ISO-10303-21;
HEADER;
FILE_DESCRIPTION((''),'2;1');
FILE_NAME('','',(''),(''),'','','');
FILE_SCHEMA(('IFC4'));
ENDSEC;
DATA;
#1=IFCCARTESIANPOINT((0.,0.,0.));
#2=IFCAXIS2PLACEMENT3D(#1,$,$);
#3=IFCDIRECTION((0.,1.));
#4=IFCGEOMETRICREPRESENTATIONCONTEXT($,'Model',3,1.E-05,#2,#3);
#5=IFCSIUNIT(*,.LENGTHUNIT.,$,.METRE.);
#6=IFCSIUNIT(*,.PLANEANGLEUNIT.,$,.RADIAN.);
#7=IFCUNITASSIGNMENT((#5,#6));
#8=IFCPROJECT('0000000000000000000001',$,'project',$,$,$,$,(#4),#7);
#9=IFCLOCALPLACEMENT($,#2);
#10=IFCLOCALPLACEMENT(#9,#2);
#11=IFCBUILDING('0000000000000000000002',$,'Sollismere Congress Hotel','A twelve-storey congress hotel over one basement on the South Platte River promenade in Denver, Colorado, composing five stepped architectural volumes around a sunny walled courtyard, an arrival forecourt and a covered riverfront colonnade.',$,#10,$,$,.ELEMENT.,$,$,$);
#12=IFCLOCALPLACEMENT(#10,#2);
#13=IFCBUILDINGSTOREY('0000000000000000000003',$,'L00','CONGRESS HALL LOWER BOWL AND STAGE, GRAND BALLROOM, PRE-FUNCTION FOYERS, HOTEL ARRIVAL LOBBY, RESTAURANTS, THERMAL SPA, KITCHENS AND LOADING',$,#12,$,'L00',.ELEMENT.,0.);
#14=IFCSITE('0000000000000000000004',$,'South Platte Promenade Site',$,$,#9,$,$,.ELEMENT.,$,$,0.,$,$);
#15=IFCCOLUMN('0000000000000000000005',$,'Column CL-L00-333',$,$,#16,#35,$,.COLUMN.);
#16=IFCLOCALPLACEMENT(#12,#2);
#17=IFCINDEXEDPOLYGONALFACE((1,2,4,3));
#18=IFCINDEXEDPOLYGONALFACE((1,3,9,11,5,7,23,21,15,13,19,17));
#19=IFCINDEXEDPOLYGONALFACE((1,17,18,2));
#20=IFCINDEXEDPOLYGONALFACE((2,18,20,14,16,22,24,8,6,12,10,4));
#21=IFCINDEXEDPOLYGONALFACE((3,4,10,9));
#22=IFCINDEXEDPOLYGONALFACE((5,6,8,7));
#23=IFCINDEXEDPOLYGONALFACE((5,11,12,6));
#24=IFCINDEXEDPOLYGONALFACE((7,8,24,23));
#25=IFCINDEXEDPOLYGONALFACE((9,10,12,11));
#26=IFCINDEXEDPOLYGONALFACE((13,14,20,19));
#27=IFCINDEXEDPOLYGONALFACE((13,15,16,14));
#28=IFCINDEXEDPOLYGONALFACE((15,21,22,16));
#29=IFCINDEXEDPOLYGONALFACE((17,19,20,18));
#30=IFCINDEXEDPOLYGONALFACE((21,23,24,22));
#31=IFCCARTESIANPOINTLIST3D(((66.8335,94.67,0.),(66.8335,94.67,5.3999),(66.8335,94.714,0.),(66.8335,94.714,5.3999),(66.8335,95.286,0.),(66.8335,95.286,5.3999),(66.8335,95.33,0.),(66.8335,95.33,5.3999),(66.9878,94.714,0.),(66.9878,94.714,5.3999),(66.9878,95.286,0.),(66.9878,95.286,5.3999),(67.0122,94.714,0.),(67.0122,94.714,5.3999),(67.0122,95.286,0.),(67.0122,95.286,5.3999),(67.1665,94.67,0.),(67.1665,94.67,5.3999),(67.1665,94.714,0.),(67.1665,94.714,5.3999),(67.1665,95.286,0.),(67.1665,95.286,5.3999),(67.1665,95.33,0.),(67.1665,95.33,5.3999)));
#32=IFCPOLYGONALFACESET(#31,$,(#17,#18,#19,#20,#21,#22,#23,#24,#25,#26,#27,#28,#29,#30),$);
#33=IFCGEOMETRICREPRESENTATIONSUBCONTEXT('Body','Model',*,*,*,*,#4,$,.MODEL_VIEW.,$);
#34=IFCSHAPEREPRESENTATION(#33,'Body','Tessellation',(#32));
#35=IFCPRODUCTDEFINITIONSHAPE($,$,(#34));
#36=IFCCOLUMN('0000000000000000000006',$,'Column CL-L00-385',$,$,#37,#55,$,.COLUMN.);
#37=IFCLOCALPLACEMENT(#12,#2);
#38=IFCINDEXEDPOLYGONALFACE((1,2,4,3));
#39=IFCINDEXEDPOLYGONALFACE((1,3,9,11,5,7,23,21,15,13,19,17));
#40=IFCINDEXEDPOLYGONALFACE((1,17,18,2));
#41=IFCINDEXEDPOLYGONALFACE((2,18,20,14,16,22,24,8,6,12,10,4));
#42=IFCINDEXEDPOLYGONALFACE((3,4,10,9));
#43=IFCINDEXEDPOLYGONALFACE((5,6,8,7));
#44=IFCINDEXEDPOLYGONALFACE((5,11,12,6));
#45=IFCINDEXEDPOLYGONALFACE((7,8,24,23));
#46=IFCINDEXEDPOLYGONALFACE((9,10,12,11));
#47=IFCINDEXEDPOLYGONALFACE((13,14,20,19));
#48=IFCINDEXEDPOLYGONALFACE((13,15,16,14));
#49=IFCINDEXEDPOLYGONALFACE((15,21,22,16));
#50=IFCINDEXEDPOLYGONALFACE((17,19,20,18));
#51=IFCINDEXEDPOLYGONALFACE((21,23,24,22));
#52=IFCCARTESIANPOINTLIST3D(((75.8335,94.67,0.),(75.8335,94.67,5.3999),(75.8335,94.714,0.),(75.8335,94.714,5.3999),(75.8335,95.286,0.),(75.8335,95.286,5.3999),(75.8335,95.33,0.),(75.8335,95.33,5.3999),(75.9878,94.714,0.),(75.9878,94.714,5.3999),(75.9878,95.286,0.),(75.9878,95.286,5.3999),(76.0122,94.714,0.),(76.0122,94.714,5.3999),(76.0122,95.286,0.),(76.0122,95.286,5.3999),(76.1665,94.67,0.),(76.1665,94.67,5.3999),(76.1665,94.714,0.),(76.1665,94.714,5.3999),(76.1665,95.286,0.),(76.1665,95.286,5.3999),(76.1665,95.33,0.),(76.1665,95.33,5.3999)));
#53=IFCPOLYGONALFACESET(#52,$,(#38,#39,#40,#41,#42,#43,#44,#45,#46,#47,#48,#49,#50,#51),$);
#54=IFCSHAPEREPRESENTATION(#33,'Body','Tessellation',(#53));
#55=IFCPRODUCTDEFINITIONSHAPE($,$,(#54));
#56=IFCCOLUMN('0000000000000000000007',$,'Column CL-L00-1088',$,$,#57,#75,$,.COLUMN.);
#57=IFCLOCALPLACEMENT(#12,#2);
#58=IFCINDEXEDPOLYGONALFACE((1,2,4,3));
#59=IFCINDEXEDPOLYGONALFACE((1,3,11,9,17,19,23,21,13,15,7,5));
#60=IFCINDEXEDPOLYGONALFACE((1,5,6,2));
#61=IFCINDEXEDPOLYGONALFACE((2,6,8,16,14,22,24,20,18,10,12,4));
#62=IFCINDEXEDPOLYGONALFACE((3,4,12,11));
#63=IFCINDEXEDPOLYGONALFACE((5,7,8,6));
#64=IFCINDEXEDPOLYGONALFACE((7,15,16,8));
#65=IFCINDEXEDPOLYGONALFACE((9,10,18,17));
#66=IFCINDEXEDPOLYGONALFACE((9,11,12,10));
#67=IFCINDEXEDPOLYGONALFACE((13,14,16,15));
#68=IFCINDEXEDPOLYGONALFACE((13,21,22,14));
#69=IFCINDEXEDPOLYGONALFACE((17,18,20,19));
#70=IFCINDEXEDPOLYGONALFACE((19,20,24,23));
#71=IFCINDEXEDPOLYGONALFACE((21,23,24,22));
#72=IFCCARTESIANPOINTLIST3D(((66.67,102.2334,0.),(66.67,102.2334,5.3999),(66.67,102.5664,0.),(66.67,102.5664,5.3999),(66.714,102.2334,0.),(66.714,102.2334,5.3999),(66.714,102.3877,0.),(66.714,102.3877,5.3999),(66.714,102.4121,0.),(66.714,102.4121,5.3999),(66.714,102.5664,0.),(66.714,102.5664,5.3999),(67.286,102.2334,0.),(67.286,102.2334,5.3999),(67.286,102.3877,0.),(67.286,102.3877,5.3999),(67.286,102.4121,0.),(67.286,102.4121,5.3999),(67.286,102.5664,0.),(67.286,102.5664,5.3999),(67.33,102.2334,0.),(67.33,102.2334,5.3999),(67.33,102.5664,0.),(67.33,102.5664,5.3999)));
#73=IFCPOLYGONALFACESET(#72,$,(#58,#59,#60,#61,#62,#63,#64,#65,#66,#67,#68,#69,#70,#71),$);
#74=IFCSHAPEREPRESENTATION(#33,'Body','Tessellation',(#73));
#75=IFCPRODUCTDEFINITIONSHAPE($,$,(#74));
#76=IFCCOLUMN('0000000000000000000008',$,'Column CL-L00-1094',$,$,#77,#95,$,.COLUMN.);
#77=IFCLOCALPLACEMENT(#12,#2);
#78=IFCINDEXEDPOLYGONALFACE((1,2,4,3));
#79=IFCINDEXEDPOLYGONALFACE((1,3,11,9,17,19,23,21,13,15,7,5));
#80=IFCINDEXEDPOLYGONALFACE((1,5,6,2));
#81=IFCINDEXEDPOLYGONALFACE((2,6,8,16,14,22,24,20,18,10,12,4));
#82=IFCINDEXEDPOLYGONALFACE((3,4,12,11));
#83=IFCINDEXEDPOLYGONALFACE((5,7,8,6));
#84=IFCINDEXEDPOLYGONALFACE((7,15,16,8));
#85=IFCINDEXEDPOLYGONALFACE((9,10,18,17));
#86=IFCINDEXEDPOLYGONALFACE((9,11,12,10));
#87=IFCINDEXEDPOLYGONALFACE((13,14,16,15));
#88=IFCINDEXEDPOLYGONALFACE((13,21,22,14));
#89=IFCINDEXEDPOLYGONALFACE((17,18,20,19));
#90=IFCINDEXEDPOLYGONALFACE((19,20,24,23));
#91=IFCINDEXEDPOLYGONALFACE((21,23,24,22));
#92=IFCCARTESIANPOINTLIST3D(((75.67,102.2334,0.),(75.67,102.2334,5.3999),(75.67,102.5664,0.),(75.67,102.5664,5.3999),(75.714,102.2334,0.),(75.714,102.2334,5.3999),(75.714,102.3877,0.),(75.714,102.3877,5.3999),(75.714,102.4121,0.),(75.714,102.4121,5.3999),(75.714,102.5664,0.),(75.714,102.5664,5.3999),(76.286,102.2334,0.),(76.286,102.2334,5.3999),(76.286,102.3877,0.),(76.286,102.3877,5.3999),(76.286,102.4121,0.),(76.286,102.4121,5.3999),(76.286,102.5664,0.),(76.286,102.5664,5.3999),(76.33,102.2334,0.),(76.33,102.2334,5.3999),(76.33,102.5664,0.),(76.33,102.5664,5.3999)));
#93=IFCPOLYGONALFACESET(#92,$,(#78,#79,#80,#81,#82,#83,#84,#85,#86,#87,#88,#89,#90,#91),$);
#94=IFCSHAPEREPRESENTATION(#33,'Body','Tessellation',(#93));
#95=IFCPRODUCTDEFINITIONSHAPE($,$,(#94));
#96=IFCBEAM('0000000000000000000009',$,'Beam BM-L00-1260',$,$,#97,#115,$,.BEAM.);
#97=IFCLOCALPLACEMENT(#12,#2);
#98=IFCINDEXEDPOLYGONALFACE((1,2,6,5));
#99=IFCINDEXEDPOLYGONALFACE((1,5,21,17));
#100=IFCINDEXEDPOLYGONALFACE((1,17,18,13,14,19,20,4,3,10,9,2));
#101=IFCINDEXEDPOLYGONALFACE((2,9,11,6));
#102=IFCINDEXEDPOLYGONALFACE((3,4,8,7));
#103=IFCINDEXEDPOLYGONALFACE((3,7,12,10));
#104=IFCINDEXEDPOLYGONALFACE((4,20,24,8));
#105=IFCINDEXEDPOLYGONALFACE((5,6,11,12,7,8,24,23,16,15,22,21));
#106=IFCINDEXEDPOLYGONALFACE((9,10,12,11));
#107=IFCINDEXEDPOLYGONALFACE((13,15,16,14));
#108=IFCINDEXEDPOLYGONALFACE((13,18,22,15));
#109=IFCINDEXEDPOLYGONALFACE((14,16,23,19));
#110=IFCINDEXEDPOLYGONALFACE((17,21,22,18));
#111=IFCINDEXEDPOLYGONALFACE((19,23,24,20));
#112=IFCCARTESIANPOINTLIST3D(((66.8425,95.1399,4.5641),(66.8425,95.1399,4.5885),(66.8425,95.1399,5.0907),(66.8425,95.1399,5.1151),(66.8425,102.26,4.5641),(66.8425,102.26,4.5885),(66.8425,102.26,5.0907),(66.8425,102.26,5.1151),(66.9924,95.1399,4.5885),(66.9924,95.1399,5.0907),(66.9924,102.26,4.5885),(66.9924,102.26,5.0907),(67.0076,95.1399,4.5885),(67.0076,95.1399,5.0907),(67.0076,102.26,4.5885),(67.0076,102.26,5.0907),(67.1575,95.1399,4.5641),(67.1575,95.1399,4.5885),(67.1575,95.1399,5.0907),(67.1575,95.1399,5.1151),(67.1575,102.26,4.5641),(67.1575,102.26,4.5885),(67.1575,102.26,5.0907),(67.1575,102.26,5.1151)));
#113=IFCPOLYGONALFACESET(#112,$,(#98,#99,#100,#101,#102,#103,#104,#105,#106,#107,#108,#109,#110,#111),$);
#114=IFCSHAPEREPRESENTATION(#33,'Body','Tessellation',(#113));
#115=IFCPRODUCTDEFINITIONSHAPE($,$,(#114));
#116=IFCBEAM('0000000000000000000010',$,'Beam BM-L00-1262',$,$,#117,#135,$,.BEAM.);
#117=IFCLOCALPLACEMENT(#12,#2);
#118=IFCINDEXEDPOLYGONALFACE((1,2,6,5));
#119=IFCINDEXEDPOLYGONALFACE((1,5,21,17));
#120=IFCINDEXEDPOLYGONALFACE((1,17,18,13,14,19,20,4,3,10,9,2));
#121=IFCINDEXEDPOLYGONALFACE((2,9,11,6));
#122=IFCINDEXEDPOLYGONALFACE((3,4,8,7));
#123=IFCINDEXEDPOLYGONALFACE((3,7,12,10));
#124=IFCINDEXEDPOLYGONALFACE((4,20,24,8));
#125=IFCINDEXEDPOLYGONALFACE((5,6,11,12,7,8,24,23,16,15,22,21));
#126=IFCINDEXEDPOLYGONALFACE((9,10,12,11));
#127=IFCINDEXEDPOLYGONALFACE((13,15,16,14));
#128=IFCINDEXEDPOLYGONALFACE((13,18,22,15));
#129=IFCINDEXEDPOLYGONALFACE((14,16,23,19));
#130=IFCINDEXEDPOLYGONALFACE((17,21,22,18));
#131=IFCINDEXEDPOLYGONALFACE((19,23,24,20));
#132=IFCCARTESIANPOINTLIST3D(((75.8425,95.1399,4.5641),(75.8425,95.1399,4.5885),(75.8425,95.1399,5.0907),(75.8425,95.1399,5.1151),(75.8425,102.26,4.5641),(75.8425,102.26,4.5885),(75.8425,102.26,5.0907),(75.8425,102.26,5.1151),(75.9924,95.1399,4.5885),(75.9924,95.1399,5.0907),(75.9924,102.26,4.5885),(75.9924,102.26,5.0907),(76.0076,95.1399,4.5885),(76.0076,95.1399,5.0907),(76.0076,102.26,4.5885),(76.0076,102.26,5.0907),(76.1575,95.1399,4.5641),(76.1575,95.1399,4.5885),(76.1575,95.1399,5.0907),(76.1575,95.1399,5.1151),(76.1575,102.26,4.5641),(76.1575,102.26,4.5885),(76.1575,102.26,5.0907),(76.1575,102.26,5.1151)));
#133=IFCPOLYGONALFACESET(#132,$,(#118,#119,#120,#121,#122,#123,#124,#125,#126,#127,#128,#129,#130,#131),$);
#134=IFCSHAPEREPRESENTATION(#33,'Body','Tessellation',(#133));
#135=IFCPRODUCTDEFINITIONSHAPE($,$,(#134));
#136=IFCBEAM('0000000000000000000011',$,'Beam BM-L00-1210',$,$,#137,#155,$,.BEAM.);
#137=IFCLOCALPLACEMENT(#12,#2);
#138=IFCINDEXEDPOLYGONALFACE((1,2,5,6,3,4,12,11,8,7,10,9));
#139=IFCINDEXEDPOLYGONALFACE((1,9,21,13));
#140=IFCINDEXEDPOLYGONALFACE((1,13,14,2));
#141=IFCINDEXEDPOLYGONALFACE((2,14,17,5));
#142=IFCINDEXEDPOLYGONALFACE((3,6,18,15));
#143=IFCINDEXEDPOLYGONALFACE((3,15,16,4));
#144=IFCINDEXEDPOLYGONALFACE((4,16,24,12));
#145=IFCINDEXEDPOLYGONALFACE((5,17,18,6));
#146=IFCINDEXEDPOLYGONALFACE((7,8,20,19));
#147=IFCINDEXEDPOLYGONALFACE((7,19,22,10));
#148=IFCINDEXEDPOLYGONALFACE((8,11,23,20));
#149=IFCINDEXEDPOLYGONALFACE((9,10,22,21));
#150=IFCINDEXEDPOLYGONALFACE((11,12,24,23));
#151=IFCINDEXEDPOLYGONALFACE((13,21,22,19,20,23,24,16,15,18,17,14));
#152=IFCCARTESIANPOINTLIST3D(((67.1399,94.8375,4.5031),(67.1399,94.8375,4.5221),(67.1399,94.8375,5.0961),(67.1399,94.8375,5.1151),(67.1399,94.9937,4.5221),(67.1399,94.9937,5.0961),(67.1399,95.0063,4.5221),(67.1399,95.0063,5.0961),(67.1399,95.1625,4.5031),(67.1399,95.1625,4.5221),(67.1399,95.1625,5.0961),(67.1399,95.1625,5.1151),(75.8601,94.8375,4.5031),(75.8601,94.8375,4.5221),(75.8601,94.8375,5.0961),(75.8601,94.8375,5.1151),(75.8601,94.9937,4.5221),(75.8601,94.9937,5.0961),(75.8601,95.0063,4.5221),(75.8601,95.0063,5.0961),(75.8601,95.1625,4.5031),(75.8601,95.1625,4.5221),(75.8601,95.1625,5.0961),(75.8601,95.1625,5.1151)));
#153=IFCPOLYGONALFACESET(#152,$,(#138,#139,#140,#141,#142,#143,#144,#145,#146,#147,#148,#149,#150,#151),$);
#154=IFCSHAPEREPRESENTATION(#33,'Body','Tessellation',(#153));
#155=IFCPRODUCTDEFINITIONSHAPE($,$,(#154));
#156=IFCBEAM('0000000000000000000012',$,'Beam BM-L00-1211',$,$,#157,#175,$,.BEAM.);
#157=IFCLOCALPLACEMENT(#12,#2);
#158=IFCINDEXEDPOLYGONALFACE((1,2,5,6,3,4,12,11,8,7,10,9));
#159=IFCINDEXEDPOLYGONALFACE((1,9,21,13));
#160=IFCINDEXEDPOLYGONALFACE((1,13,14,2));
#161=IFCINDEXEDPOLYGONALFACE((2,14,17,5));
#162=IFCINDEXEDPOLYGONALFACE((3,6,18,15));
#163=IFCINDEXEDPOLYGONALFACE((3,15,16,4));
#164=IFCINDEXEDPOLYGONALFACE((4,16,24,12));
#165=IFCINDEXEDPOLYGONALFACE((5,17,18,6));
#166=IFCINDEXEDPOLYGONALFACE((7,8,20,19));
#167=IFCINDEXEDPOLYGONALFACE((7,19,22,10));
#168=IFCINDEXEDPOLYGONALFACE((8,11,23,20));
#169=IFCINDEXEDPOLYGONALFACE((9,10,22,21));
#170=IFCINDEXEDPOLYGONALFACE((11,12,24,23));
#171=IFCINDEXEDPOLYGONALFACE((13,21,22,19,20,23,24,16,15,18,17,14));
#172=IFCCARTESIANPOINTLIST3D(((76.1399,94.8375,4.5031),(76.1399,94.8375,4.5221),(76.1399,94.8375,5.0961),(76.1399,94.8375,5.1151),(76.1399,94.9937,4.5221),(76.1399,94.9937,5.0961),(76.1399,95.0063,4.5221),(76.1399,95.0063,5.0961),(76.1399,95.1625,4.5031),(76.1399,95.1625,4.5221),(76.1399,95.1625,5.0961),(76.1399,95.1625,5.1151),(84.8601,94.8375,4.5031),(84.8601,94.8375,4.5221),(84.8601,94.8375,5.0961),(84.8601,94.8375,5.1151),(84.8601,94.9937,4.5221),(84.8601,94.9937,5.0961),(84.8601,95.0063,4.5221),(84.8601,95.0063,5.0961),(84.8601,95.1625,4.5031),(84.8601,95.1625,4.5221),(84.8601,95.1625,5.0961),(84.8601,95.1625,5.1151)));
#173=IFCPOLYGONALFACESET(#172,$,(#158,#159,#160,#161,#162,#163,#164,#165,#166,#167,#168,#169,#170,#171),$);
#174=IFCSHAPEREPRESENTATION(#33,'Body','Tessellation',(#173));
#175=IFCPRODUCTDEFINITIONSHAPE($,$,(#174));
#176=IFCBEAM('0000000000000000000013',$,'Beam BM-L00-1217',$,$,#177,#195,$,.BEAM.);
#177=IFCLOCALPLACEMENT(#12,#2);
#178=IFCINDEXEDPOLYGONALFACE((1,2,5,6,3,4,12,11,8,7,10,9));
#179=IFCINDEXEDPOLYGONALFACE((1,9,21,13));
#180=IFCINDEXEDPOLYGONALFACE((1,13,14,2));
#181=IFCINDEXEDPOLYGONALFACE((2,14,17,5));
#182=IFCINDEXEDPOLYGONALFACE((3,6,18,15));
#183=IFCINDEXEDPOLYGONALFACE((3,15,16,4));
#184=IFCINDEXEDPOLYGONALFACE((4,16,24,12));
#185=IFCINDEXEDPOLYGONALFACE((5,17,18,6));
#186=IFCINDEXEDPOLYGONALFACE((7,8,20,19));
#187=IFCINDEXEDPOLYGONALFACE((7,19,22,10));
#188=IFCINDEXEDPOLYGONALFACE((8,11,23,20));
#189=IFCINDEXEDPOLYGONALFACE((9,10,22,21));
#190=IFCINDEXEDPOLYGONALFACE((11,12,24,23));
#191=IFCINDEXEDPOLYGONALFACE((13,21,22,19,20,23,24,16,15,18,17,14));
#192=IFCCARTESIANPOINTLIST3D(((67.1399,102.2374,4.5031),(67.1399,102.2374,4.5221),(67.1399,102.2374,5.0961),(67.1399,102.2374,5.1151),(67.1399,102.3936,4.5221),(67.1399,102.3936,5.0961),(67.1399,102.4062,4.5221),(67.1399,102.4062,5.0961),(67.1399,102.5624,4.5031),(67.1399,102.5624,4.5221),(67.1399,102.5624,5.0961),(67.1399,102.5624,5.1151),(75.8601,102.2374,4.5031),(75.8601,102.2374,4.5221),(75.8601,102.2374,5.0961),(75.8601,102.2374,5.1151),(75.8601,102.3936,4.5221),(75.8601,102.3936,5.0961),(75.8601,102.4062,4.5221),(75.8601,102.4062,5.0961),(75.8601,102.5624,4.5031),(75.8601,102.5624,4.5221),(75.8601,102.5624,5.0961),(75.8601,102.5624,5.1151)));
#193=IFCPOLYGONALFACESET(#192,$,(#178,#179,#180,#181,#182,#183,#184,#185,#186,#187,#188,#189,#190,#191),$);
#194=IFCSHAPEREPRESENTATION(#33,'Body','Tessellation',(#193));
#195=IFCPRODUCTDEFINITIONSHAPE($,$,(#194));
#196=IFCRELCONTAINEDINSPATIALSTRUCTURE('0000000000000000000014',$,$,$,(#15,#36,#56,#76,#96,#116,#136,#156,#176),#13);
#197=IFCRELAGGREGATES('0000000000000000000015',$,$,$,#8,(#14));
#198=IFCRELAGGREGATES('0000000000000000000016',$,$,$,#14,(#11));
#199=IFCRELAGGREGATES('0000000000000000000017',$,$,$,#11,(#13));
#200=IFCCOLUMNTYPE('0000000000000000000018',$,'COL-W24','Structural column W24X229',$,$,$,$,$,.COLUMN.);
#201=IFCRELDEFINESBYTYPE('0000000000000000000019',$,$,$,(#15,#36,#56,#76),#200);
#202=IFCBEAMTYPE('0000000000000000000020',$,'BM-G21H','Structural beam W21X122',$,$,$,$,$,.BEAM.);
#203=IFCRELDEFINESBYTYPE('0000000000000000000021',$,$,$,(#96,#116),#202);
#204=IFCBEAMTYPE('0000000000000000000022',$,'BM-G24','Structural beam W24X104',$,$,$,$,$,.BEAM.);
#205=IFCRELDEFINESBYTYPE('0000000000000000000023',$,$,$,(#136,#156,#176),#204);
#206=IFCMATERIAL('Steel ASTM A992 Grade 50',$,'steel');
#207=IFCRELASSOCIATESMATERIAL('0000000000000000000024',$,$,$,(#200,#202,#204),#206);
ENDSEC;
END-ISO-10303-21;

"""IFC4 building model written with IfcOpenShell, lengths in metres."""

from ifc_helpers import new_model, si_unit, direction, frame, origin, origin_2d, place, context, subcontext, project, spatial, i_section, extrude, material, material_profile, profile_set, type_object, element, save


model = new_model("IFC4")

# Units and contexts
model_context = context("Model", 3, precision=1e-05, world=origin(), true_north=direction((0.0, 1.0)))
body_context = subcontext(model_context, "Body", "Model", "MODEL_VIEW")
ifc_project = project(units=[si_unit("LENGTHUNIT", "METRE"), si_unit("PLANEANGLEUNIT", "RADIAN")], contexts=[model_context])

# Site, building, storey
site_placement = place(None, origin())
site = spatial("IfcSite", under=ifc_project, at=site_placement, Name="South Platte Promenade Site", CompositionType="ELEMENT", RefElevation=0.0)
building_placement = place(site_placement, origin())
building = spatial("IfcBuilding", under=site, at=building_placement, Name="Sollismere Congress Hotel", Description="A twelve-storey congress hotel over one basement on the South Platte River promenade in Denver, Colorado, composing five stepped architectural volumes around a sunny walled courtyard, an arrival forecourt and a covered riverfront colonnade.", CompositionType="ELEMENT")
storey_placement = place(building_placement, origin())
storey = spatial("IfcBuildingStorey", under=building, at=storey_placement, Name="L00", Description="CONGRESS HALL LOWER BOWL AND STAGE, GRAND BALLROOM, PRE-FUNCTION FOYERS, HOTEL ARRIVAL LOBBY, RESTAURANTS, THERMAL SPA, KITCHENS AND LOADING", LongName="L00", CompositionType="ELEMENT", Elevation=0.0)

# Columns
ifc_material_1 = material(Name="Steel ASTM A992 Grade 50", Category="steel")
ifc_material_profile_1 = material_profile(ifc_material_1, i_section(OverallWidth=0.333, OverallDepth=0.6599, WebThickness=0.0244, FlangeThickness=0.0439, at=origin_2d()), Name="W24X229")
ifc_profile_set_1 = profile_set([ifc_material_profile_1], Name="Steel ASTM A992 Grade 50")
column_type = type_object("IfcColumnType", Name="COL-W24", Description="Structural column W24X229", PredefinedType="COLUMN", material=ifc_profile_set_1)
for number, where, z_axis, x_axis, name in (
    (1, (67.0, 95.0, 0.0), (0.0, 0.0, 1.0), (1.0, 0.0, 0.0), "Column CL-L00-333"),
    (2, (76.0, 95.0, 0.0), (0.0, 0.0, 1.0), (1.0, 0.0, 0.0), "Column CL-L00-385"),
    (3, (67.0, 102.3999, 0.0), (0.0, 0.0, 1.0), (0.0, 1.0, 0.0), "Column CL-L00-1088"),
    (4, (76.0, 102.3999, 0.0), (0.0, 0.0, 1.0), (0.0, 1.0, 0.0), "Column CL-L00-1094"),
):
    element("IfcColumn", number, at=place(storey_placement, frame(where, z_axis=z_axis, x_axis=x_axis)), inside=storey, type_object=column_type, Name=name, PredefinedType="COLUMN", context=body_context, shape_type="SweptSolid", body=[
        extrude(i_section(OverallWidth=0.333, OverallDepth=0.6599, WebThickness=0.0244, FlangeThickness=0.0439, at=origin_2d()), origin(), (0.0, 0.0, 1.0), 5.3999),
    ])

# Beams
ifc_material_profile_2 = material_profile(ifc_material_1, i_section(OverallWidth=0.3149, OverallDepth=0.551, WebThickness=0.0151, FlangeThickness=0.0244, at=origin_2d()), Name="W21X122")
ifc_profile_set_2 = profile_set([ifc_material_profile_2], Name="Steel ASTM A992 Grade 50")
beam_type_1 = type_object("IfcBeamType", Name="BM-G21H", Description="Structural beam W21X122", PredefinedType="BEAM", material=ifc_profile_set_2)
for number, where, z_axis, x_axis, name in (
    (5, (67.0, 95.1399, 4.8396), (0.0, 1.0, 0.0), (-1.0, 0.0, 0.0), "Beam BM-L00-1260"),
    (6, (76.0, 95.1399, 4.8396), (0.0, 1.0, 0.0), (-1.0, 0.0, 0.0), "Beam BM-L00-1262"),
):
    element("IfcBeam", number, at=place(storey_placement, frame(where, z_axis=z_axis, x_axis=x_axis)), inside=storey, type_object=beam_type_1, Name=name, PredefinedType="BEAM", context=body_context, shape_type="SweptSolid", body=[
        extrude(i_section(OverallWidth=0.3149, OverallDepth=0.551, WebThickness=0.0151, FlangeThickness=0.0244, at=origin_2d()), origin(), (0.0, 0.0, 1.0), 7.1201),
    ])
ifc_material_profile_3 = material_profile(ifc_material_1, i_section(OverallWidth=0.325, OverallDepth=0.6121, WebThickness=0.0127, FlangeThickness=0.019, at=origin_2d()), Name="W24X104")
ifc_profile_set_3 = profile_set([ifc_material_profile_3], Name="Steel ASTM A992 Grade 50")
beam_type_2 = type_object("IfcBeamType", Name="BM-G24", Description="Structural beam W24X104", PredefinedType="BEAM", material=ifc_profile_set_3)
for number, where, z_axis, x_axis, name in (
    (7, (67.1399, 95.0, 4.8091), (1.0, 0.0, 0.0), (0.0, 1.0, 0.0), "Beam BM-L00-1210"),
    (8, (76.1399, 95.0, 4.8091), (1.0, 0.0, 0.0), (0.0, 1.0, 0.0), "Beam BM-L00-1211"),
    (9, (67.1399, 102.3999, 4.8091), (1.0, 0.0, 0.0), (0.0, 1.0, 0.0), "Beam BM-L00-1217"),
):
    element("IfcBeam", number, at=place(storey_placement, frame(where, z_axis=z_axis, x_axis=x_axis)), inside=storey, type_object=beam_type_2, Name=name, PredefinedType="BEAM", context=body_context, shape_type="SweptSolid", body=[
        extrude(i_section(OverallWidth=0.325, OverallDepth=0.6121, WebThickness=0.0127, FlangeThickness=0.019, at=origin_2d()), origin(), (0.0, 0.0, 1.0), 8.7202),
    ])

save(model, "model.ifc")
